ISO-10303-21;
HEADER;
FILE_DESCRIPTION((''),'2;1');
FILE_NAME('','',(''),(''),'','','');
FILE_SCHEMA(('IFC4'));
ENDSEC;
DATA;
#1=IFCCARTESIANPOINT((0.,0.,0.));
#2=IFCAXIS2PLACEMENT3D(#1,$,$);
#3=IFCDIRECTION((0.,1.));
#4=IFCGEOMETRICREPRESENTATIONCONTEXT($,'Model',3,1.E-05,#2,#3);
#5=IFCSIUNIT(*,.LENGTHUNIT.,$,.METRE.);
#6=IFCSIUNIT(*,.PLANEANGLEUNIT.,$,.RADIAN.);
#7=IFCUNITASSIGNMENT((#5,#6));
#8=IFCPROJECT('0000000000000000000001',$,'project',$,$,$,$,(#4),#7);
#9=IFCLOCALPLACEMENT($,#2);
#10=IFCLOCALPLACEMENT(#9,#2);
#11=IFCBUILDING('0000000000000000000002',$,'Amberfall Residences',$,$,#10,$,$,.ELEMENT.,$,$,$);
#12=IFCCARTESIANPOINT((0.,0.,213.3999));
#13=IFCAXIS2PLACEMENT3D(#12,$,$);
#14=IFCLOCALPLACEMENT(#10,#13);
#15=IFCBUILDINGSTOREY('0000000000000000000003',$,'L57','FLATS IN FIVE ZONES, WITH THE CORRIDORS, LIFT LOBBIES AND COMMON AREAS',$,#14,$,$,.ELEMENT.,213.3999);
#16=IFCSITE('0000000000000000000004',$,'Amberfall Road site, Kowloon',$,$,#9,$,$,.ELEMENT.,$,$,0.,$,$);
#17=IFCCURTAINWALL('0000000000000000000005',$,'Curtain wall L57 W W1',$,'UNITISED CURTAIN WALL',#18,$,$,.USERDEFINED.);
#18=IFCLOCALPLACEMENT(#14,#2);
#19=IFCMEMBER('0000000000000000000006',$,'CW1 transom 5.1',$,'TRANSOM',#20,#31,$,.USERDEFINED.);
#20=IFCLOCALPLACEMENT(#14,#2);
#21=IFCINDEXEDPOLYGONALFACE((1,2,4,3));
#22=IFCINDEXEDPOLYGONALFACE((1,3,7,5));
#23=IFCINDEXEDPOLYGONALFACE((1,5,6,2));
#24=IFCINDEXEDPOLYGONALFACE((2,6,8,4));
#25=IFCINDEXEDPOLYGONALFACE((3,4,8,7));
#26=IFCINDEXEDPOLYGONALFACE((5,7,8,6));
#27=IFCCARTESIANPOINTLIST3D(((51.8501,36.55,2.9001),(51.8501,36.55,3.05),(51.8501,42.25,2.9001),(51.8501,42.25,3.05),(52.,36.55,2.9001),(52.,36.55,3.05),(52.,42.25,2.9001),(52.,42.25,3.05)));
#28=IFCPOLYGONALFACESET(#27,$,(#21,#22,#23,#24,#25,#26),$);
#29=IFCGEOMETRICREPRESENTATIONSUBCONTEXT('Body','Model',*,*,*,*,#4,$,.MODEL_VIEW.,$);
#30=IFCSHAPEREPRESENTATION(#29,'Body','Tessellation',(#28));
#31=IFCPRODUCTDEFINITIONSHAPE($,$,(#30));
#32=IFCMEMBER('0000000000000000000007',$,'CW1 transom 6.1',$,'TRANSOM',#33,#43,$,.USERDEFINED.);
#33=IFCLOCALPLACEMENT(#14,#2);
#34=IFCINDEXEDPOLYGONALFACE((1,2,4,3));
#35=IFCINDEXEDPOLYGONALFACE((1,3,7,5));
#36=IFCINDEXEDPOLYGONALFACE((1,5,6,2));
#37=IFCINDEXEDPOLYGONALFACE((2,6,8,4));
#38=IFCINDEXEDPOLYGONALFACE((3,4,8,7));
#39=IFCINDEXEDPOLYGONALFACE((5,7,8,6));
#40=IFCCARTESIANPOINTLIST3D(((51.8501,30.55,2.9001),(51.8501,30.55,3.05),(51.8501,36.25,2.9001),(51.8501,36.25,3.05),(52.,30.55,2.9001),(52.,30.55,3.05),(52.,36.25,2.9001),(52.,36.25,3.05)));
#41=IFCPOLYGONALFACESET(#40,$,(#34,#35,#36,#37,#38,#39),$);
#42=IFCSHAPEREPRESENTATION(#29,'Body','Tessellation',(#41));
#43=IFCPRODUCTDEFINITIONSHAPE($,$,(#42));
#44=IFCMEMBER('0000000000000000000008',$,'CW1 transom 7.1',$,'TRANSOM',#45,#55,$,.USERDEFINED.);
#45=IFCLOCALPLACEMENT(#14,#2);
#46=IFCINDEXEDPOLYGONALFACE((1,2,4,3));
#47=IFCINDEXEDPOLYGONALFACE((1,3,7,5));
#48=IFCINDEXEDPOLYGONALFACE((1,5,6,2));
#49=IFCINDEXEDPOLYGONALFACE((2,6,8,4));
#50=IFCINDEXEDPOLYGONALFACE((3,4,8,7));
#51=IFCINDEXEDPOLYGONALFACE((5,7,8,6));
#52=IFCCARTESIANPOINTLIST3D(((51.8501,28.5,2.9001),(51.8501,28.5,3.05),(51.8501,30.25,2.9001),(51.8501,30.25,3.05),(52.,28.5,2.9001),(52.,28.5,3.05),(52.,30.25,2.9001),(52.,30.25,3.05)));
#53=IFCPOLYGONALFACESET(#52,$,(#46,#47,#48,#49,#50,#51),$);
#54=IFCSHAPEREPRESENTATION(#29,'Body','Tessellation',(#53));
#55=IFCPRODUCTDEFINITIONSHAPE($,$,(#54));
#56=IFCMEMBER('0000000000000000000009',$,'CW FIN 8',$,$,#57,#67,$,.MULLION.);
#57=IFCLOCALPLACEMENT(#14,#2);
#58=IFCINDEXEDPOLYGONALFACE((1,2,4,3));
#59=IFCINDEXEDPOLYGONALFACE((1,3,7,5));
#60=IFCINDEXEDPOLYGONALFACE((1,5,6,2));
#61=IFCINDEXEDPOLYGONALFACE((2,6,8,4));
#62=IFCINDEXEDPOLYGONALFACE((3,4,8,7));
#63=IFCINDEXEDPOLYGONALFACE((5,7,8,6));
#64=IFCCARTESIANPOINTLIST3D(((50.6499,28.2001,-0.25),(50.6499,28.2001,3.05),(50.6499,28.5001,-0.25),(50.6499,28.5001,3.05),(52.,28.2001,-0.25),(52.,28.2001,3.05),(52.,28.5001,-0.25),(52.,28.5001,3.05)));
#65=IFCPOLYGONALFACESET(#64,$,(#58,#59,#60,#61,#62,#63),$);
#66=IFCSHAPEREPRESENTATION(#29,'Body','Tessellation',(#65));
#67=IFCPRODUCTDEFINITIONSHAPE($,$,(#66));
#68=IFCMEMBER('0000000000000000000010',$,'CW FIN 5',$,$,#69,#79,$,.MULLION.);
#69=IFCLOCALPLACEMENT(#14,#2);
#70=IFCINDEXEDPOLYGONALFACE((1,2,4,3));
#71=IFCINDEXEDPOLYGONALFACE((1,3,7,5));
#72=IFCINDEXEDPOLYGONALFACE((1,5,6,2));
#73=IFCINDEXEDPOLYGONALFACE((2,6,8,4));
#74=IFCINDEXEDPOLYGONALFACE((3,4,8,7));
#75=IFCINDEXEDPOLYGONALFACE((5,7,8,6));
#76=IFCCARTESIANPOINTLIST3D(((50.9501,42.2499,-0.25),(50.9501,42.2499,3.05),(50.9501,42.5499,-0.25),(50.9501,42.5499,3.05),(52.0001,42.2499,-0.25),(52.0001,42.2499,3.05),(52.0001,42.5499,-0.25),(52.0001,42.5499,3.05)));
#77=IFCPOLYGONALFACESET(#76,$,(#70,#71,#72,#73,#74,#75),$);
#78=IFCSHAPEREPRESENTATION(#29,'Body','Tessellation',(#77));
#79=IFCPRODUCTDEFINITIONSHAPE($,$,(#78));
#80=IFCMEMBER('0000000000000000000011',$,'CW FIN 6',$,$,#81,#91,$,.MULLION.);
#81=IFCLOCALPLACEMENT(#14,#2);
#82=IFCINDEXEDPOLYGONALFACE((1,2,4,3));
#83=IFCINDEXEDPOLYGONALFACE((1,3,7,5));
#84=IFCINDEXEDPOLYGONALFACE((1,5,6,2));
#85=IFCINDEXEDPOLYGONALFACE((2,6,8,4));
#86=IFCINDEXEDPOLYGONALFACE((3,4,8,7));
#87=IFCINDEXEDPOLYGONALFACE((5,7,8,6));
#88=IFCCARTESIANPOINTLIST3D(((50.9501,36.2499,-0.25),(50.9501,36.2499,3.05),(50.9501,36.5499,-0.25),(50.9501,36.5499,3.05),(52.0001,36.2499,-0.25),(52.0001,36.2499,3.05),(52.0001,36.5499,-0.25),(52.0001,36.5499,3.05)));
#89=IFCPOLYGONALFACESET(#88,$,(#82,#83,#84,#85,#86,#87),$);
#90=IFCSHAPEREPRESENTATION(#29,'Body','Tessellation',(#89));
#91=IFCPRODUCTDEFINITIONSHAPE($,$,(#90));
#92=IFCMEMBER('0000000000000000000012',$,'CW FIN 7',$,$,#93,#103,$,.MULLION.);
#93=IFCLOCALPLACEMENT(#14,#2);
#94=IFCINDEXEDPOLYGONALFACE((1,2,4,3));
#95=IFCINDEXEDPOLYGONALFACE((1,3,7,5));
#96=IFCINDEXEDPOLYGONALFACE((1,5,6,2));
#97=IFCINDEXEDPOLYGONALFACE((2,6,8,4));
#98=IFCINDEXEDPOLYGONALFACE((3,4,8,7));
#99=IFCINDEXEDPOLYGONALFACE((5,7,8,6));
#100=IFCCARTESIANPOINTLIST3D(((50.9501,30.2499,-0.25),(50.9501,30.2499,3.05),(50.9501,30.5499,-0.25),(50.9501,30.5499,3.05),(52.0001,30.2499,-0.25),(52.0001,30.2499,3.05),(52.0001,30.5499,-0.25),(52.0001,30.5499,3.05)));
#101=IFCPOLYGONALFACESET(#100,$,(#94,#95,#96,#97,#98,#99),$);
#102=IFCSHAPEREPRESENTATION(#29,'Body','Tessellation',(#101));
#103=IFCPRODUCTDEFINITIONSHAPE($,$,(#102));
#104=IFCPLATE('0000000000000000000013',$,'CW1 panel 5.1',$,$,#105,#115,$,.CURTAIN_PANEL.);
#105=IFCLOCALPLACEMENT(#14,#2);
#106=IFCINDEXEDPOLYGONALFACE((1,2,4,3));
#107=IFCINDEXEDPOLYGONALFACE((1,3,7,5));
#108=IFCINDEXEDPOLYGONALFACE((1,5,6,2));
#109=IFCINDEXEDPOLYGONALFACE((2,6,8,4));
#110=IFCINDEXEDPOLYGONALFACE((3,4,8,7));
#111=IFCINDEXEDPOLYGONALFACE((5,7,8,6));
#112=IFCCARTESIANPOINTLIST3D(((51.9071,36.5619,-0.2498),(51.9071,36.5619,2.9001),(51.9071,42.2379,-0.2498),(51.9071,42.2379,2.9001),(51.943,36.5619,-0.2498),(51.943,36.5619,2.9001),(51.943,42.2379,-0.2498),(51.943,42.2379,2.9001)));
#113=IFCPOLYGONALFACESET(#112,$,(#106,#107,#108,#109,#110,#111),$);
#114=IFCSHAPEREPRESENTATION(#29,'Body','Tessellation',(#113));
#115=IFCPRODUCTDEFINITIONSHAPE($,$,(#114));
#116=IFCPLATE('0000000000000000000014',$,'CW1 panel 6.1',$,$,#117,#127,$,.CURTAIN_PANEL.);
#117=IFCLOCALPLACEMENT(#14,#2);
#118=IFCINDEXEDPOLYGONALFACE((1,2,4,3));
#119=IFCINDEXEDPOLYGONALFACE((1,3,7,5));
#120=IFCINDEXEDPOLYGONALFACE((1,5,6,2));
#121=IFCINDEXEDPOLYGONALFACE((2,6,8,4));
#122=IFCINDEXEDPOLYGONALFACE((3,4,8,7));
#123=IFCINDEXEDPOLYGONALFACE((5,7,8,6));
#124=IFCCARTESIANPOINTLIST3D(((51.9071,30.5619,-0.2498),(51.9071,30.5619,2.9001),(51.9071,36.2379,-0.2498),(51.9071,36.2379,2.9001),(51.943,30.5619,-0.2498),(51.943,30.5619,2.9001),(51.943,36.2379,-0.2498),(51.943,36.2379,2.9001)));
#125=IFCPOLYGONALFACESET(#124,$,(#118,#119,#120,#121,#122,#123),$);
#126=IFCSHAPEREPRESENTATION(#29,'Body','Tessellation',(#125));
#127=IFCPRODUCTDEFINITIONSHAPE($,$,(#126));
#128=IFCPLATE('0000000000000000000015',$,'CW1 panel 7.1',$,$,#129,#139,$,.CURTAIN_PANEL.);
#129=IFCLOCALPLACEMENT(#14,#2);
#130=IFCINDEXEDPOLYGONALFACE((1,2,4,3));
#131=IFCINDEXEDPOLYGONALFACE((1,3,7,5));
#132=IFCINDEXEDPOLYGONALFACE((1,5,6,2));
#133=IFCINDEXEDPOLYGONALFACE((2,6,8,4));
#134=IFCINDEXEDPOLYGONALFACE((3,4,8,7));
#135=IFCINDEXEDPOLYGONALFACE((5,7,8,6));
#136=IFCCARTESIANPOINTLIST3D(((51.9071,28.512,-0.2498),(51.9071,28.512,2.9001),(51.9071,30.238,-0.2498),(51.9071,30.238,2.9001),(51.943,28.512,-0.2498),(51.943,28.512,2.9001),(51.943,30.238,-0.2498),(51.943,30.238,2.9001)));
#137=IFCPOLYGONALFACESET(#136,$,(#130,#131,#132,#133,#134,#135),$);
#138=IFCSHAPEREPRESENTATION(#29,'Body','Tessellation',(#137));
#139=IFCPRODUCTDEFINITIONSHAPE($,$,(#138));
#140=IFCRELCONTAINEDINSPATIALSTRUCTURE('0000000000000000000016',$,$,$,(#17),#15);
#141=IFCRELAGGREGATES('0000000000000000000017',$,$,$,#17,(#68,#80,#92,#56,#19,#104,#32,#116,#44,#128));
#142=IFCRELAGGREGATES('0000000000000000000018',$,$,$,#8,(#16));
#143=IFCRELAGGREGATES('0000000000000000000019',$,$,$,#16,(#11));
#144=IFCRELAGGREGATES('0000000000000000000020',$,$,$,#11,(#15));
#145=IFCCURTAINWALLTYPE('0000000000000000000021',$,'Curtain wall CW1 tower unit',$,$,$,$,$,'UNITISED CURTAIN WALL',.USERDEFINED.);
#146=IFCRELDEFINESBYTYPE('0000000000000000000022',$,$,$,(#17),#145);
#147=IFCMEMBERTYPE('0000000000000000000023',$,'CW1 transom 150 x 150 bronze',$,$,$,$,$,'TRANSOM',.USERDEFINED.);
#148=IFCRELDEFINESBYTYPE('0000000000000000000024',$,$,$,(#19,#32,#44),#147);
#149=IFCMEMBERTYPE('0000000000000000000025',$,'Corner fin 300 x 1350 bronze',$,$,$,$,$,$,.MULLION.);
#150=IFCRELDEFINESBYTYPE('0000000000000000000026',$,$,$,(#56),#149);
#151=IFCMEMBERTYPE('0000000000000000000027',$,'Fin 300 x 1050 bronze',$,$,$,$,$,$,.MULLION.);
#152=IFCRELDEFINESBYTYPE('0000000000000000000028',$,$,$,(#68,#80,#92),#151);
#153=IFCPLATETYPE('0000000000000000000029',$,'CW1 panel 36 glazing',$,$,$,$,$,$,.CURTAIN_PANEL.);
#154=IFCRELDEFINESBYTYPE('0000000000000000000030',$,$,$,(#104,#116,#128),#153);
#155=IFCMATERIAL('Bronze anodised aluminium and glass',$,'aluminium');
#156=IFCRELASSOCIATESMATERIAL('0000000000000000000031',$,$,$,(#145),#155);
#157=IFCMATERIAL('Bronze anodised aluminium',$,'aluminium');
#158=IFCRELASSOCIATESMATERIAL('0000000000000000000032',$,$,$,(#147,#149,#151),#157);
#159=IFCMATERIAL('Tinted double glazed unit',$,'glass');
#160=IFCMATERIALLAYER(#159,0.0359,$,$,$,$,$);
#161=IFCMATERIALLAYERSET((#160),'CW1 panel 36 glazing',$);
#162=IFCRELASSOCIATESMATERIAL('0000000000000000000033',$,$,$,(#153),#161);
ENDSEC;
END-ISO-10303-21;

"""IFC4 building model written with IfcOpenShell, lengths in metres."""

from ifc_helpers import new_model, si_unit, direction, frame, origin, origin_2d, place, context, subcontext, project, spatial, rectangle, extrude, material, layer, layer_set, material_profile, profile_set, type_object, element, aggregate, save


model = new_model("IFC4")

# Units and contexts
model_context = context("Model", 3, precision=1e-05, world=origin(), true_north=direction((0.0, 1.0)))
body_context = subcontext(model_context, "Body", "Model", "MODEL_VIEW")
ifc_project = project(units=[si_unit("LENGTHUNIT", "METRE"), si_unit("PLANEANGLEUNIT", "RADIAN")], contexts=[model_context])

# Site, building, storey
site_placement = place(None, origin())
site = spatial("IfcSite", under=ifc_project, at=site_placement, Name="Amberfall Road site, Kowloon", CompositionType="ELEMENT", RefElevation=0.0)
building_placement = place(site_placement, origin())
building = spatial("IfcBuilding", under=site, at=building_placement, Name="Amberfall Residences", CompositionType="ELEMENT")
storey_placement = place(building_placement, frame((0.0, 0.0, 213.3999)))
storey = spatial("IfcBuildingStorey", under=building, at=storey_placement, Name="L57", Description="FLATS IN FIVE ZONES, WITH THE CORRIDORS, LIFT LOBBIES AND COMMON AREAS", CompositionType="ELEMENT", Elevation=213.3999)

# Curtain wall, members, plates
ifc_material_1 = material(Name="Bronze anodised aluminium and glass", Category="aluminium")
curtain_wall_type = type_object("IfcCurtainWallType", Name="Curtain wall CW1 tower unit", ElementType="UNITISED CURTAIN WALL", PredefinedType="USERDEFINED", material=ifc_material_1)
curtain_wall_placement = place(storey_placement, origin())
curtain_wall = element("IfcCurtainWall", 1, at=curtain_wall_placement, inside=storey, type_object=curtain_wall_type, Name="Curtain wall L57 W W1", ObjectType="UNITISED CURTAIN WALL", PredefinedType="USERDEFINED")
ifc_material_2 = material(Name="Bronze anodised aluminium", Category="aluminium")
ifc_material_profile_1 = material_profile(ifc_material_2, rectangle(XDim=0.1499, YDim=0.1499, at=origin_2d()), Name="CW1 transom 150 x 150 bronze")
ifc_profile_set_1 = profile_set([ifc_material_profile_1], Name="Bronze anodised aluminium")
member_type_1 = type_object("IfcMemberType", Name="CW1 transom 150 x 150 bronze", ElementType="TRANSOM", PredefinedType="USERDEFINED", material=ifc_profile_set_1)
member_1_placement = place(storey_placement, frame((51.925, 42.25, 2.9751), z_axis=(0.0, -1.0, 0.0), x_axis=(1.0, 0.0, 0.0)))
member_1 = element("IfcMember", 2, at=member_1_placement, type_object=member_type_1, Name="CW1 transom 5.1", ObjectType="TRANSOM", PredefinedType="USERDEFINED", context=body_context, shape_type="SweptSolid", body=[
    extrude(rectangle(XDim=0.1499, YDim=0.1499, at=origin_2d()), origin(), (0.0, 0.0, 1.0), 5.7),
])
member_2_placement = place(storey_placement, frame((51.925, 36.25, 2.9751), z_axis=(0.0, -1.0, 0.0), x_axis=(1.0, 0.0, 0.0)))
member_2 = element("IfcMember", 3, at=member_2_placement, type_object=member_type_1, Name="CW1 transom 6.1", ObjectType="TRANSOM", PredefinedType="USERDEFINED", context=body_context, shape_type="SweptSolid", body=[
    extrude(rectangle(XDim=0.1499, YDim=0.1499, at=origin_2d()), origin(), (0.0, 0.0, 1.0), 5.7),
])
member_3_placement = place(storey_placement, frame((51.925, 30.25, 2.9751), z_axis=(0.0, -1.0, 0.0), x_axis=(1.0, 0.0, 0.0)))
member_3 = element("IfcMember", 4, at=member_3_placement, type_object=member_type_1, Name="CW1 transom 7.1", ObjectType="TRANSOM", PredefinedType="USERDEFINED", context=body_context, shape_type="SweptSolid", body=[
    extrude(rectangle(XDim=0.1499, YDim=0.1499, at=origin_2d()), origin(), (0.0, 0.0, 1.0), 1.75),
])
ifc_material_profile_2 = material_profile(ifc_material_2, rectangle(XDim=1.3501, YDim=0.3, at=origin_2d()), Name="Corner fin 300 x 1350 bronze")
ifc_profile_set_2 = profile_set([ifc_material_profile_2], Name="Bronze anodised aluminium")
member_type_2 = type_object("IfcMemberType", Name="Corner fin 300 x 1350 bronze", PredefinedType="MULLION", material=ifc_profile_set_2)
member_4_placement = place(storey_placement, frame((51.325, 28.3501, -0.25), z_axis=(0.0, 0.0, 1.0), x_axis=(1.0, 0.0, 0.0)))
member_4 = element("IfcMember", 5, at=member_4_placement, type_object=member_type_2, Name="CW FIN 8", PredefinedType="MULLION", context=body_context, shape_type="SweptSolid", body=[
    extrude(rectangle(XDim=1.3501, YDim=0.3, at=origin_2d()), origin(), (0.0, 0.0, 1.0), 3.3),
])
ifc_material_profile_3 = material_profile(ifc_material_2, rectangle(XDim=1.05, YDim=0.3, at=origin_2d()), Name="Fin 300 x 1050 bronze")
ifc_profile_set_3 = profile_set([ifc_material_profile_3], Name="Bronze anodised aluminium")
member_type_3 = type_object("IfcMemberType", Name="Fin 300 x 1050 bronze", PredefinedType="MULLION", material=ifc_profile_set_3)
member_5_placement = place(storey_placement, frame((51.4751, 42.3999, -0.25), z_axis=(0.0, 0.0, 1.0), x_axis=(1.0, 0.0, 0.0)))
member_5 = element("IfcMember", 6, at=member_5_placement, type_object=member_type_3, Name="CW FIN 5", PredefinedType="MULLION", context=body_context, shape_type="SweptSolid", body=[
    extrude(rectangle(XDim=1.05, YDim=0.3, at=origin_2d()), origin(), (0.0, 0.0, 1.0), 3.3),
])
member_6_placement = place(storey_placement, frame((51.4751, 36.3999, -0.25), z_axis=(0.0, 0.0, 1.0), x_axis=(1.0, 0.0, 0.0)))
member_6 = element("IfcMember", 7, at=member_6_placement, type_object=member_type_3, Name="CW FIN 6", PredefinedType="MULLION", context=body_context, shape_type="SweptSolid", body=[
    extrude(rectangle(XDim=1.05, YDim=0.3, at=origin_2d()), origin(), (0.0, 0.0, 1.0), 3.3),
])
member_7_placement = place(storey_placement, frame((51.4751, 30.3999, -0.25), z_axis=(0.0, 0.0, 1.0), x_axis=(1.0, 0.0, 0.0)))
member_7 = element("IfcMember", 8, at=member_7_placement, type_object=member_type_3, Name="CW FIN 7", PredefinedType="MULLION", context=body_context, shape_type="SweptSolid", body=[
    extrude(rectangle(XDim=1.05, YDim=0.3, at=origin_2d()), origin(), (0.0, 0.0, 1.0), 3.3),
])
ifc_material_3 = material(Name="Tinted double glazed unit", Category="glass")
ifc_layer_1 = layer(ifc_material_3, 0.0359)
ifc_layer_set_1 = layer_set([ifc_layer_1], Name="CW1 panel 36 glazing")
plate_type = type_object("IfcPlateType", Name="CW1 panel 36 glazing", PredefinedType="CURTAIN_PANEL", material=ifc_layer_set_1)
plate_1_placement = place(storey_placement, frame((51.925, 39.3999, -0.2498), z_axis=(0.0, 0.0, 1.0), x_axis=(0.0, -1.0, 0.0)))
plate_1 = element("IfcPlate", 9, at=plate_1_placement, type_object=plate_type, Name="CW1 panel 5.1", PredefinedType="CURTAIN_PANEL", context=body_context, shape_type="SweptSolid", body=[
    extrude(rectangle(XDim=5.676, YDim=0.0359, at=origin_2d()), origin(), (0.0, 0.0, 1.0), 3.1499),
])
plate_2_placement = place(storey_placement, frame((51.925, 33.3999, -0.2498), z_axis=(0.0, 0.0, 1.0), x_axis=(0.0, -1.0, 0.0)))
plate_2 = element("IfcPlate", 10, at=plate_2_placement, type_object=plate_type, Name="CW1 panel 6.1", PredefinedType="CURTAIN_PANEL", context=body_context, shape_type="SweptSolid", body=[
    extrude(rectangle(XDim=5.676, YDim=0.0359, at=origin_2d()), origin(), (0.0, 0.0, 1.0), 3.1499),
])
plate_3_placement = place(storey_placement, frame((51.925, 29.375, -0.2498), z_axis=(0.0, 0.0, 1.0), x_axis=(0.0, -1.0, 0.0)))
plate_3 = element("IfcPlate", 11, at=plate_3_placement, type_object=plate_type, Name="CW1 panel 7.1", PredefinedType="CURTAIN_PANEL", context=body_context, shape_type="SweptSolid", body=[
    extrude(rectangle(XDim=1.7261, YDim=0.0359, at=origin_2d()), origin(), (0.0, 0.0, 1.0), 3.1499),
])
aggregate(curtain_wall, [member_5, member_6, member_7, member_4, member_1, plate_1, member_2, plate_2, member_3, plate_3])

save(model, "model.ifc")
